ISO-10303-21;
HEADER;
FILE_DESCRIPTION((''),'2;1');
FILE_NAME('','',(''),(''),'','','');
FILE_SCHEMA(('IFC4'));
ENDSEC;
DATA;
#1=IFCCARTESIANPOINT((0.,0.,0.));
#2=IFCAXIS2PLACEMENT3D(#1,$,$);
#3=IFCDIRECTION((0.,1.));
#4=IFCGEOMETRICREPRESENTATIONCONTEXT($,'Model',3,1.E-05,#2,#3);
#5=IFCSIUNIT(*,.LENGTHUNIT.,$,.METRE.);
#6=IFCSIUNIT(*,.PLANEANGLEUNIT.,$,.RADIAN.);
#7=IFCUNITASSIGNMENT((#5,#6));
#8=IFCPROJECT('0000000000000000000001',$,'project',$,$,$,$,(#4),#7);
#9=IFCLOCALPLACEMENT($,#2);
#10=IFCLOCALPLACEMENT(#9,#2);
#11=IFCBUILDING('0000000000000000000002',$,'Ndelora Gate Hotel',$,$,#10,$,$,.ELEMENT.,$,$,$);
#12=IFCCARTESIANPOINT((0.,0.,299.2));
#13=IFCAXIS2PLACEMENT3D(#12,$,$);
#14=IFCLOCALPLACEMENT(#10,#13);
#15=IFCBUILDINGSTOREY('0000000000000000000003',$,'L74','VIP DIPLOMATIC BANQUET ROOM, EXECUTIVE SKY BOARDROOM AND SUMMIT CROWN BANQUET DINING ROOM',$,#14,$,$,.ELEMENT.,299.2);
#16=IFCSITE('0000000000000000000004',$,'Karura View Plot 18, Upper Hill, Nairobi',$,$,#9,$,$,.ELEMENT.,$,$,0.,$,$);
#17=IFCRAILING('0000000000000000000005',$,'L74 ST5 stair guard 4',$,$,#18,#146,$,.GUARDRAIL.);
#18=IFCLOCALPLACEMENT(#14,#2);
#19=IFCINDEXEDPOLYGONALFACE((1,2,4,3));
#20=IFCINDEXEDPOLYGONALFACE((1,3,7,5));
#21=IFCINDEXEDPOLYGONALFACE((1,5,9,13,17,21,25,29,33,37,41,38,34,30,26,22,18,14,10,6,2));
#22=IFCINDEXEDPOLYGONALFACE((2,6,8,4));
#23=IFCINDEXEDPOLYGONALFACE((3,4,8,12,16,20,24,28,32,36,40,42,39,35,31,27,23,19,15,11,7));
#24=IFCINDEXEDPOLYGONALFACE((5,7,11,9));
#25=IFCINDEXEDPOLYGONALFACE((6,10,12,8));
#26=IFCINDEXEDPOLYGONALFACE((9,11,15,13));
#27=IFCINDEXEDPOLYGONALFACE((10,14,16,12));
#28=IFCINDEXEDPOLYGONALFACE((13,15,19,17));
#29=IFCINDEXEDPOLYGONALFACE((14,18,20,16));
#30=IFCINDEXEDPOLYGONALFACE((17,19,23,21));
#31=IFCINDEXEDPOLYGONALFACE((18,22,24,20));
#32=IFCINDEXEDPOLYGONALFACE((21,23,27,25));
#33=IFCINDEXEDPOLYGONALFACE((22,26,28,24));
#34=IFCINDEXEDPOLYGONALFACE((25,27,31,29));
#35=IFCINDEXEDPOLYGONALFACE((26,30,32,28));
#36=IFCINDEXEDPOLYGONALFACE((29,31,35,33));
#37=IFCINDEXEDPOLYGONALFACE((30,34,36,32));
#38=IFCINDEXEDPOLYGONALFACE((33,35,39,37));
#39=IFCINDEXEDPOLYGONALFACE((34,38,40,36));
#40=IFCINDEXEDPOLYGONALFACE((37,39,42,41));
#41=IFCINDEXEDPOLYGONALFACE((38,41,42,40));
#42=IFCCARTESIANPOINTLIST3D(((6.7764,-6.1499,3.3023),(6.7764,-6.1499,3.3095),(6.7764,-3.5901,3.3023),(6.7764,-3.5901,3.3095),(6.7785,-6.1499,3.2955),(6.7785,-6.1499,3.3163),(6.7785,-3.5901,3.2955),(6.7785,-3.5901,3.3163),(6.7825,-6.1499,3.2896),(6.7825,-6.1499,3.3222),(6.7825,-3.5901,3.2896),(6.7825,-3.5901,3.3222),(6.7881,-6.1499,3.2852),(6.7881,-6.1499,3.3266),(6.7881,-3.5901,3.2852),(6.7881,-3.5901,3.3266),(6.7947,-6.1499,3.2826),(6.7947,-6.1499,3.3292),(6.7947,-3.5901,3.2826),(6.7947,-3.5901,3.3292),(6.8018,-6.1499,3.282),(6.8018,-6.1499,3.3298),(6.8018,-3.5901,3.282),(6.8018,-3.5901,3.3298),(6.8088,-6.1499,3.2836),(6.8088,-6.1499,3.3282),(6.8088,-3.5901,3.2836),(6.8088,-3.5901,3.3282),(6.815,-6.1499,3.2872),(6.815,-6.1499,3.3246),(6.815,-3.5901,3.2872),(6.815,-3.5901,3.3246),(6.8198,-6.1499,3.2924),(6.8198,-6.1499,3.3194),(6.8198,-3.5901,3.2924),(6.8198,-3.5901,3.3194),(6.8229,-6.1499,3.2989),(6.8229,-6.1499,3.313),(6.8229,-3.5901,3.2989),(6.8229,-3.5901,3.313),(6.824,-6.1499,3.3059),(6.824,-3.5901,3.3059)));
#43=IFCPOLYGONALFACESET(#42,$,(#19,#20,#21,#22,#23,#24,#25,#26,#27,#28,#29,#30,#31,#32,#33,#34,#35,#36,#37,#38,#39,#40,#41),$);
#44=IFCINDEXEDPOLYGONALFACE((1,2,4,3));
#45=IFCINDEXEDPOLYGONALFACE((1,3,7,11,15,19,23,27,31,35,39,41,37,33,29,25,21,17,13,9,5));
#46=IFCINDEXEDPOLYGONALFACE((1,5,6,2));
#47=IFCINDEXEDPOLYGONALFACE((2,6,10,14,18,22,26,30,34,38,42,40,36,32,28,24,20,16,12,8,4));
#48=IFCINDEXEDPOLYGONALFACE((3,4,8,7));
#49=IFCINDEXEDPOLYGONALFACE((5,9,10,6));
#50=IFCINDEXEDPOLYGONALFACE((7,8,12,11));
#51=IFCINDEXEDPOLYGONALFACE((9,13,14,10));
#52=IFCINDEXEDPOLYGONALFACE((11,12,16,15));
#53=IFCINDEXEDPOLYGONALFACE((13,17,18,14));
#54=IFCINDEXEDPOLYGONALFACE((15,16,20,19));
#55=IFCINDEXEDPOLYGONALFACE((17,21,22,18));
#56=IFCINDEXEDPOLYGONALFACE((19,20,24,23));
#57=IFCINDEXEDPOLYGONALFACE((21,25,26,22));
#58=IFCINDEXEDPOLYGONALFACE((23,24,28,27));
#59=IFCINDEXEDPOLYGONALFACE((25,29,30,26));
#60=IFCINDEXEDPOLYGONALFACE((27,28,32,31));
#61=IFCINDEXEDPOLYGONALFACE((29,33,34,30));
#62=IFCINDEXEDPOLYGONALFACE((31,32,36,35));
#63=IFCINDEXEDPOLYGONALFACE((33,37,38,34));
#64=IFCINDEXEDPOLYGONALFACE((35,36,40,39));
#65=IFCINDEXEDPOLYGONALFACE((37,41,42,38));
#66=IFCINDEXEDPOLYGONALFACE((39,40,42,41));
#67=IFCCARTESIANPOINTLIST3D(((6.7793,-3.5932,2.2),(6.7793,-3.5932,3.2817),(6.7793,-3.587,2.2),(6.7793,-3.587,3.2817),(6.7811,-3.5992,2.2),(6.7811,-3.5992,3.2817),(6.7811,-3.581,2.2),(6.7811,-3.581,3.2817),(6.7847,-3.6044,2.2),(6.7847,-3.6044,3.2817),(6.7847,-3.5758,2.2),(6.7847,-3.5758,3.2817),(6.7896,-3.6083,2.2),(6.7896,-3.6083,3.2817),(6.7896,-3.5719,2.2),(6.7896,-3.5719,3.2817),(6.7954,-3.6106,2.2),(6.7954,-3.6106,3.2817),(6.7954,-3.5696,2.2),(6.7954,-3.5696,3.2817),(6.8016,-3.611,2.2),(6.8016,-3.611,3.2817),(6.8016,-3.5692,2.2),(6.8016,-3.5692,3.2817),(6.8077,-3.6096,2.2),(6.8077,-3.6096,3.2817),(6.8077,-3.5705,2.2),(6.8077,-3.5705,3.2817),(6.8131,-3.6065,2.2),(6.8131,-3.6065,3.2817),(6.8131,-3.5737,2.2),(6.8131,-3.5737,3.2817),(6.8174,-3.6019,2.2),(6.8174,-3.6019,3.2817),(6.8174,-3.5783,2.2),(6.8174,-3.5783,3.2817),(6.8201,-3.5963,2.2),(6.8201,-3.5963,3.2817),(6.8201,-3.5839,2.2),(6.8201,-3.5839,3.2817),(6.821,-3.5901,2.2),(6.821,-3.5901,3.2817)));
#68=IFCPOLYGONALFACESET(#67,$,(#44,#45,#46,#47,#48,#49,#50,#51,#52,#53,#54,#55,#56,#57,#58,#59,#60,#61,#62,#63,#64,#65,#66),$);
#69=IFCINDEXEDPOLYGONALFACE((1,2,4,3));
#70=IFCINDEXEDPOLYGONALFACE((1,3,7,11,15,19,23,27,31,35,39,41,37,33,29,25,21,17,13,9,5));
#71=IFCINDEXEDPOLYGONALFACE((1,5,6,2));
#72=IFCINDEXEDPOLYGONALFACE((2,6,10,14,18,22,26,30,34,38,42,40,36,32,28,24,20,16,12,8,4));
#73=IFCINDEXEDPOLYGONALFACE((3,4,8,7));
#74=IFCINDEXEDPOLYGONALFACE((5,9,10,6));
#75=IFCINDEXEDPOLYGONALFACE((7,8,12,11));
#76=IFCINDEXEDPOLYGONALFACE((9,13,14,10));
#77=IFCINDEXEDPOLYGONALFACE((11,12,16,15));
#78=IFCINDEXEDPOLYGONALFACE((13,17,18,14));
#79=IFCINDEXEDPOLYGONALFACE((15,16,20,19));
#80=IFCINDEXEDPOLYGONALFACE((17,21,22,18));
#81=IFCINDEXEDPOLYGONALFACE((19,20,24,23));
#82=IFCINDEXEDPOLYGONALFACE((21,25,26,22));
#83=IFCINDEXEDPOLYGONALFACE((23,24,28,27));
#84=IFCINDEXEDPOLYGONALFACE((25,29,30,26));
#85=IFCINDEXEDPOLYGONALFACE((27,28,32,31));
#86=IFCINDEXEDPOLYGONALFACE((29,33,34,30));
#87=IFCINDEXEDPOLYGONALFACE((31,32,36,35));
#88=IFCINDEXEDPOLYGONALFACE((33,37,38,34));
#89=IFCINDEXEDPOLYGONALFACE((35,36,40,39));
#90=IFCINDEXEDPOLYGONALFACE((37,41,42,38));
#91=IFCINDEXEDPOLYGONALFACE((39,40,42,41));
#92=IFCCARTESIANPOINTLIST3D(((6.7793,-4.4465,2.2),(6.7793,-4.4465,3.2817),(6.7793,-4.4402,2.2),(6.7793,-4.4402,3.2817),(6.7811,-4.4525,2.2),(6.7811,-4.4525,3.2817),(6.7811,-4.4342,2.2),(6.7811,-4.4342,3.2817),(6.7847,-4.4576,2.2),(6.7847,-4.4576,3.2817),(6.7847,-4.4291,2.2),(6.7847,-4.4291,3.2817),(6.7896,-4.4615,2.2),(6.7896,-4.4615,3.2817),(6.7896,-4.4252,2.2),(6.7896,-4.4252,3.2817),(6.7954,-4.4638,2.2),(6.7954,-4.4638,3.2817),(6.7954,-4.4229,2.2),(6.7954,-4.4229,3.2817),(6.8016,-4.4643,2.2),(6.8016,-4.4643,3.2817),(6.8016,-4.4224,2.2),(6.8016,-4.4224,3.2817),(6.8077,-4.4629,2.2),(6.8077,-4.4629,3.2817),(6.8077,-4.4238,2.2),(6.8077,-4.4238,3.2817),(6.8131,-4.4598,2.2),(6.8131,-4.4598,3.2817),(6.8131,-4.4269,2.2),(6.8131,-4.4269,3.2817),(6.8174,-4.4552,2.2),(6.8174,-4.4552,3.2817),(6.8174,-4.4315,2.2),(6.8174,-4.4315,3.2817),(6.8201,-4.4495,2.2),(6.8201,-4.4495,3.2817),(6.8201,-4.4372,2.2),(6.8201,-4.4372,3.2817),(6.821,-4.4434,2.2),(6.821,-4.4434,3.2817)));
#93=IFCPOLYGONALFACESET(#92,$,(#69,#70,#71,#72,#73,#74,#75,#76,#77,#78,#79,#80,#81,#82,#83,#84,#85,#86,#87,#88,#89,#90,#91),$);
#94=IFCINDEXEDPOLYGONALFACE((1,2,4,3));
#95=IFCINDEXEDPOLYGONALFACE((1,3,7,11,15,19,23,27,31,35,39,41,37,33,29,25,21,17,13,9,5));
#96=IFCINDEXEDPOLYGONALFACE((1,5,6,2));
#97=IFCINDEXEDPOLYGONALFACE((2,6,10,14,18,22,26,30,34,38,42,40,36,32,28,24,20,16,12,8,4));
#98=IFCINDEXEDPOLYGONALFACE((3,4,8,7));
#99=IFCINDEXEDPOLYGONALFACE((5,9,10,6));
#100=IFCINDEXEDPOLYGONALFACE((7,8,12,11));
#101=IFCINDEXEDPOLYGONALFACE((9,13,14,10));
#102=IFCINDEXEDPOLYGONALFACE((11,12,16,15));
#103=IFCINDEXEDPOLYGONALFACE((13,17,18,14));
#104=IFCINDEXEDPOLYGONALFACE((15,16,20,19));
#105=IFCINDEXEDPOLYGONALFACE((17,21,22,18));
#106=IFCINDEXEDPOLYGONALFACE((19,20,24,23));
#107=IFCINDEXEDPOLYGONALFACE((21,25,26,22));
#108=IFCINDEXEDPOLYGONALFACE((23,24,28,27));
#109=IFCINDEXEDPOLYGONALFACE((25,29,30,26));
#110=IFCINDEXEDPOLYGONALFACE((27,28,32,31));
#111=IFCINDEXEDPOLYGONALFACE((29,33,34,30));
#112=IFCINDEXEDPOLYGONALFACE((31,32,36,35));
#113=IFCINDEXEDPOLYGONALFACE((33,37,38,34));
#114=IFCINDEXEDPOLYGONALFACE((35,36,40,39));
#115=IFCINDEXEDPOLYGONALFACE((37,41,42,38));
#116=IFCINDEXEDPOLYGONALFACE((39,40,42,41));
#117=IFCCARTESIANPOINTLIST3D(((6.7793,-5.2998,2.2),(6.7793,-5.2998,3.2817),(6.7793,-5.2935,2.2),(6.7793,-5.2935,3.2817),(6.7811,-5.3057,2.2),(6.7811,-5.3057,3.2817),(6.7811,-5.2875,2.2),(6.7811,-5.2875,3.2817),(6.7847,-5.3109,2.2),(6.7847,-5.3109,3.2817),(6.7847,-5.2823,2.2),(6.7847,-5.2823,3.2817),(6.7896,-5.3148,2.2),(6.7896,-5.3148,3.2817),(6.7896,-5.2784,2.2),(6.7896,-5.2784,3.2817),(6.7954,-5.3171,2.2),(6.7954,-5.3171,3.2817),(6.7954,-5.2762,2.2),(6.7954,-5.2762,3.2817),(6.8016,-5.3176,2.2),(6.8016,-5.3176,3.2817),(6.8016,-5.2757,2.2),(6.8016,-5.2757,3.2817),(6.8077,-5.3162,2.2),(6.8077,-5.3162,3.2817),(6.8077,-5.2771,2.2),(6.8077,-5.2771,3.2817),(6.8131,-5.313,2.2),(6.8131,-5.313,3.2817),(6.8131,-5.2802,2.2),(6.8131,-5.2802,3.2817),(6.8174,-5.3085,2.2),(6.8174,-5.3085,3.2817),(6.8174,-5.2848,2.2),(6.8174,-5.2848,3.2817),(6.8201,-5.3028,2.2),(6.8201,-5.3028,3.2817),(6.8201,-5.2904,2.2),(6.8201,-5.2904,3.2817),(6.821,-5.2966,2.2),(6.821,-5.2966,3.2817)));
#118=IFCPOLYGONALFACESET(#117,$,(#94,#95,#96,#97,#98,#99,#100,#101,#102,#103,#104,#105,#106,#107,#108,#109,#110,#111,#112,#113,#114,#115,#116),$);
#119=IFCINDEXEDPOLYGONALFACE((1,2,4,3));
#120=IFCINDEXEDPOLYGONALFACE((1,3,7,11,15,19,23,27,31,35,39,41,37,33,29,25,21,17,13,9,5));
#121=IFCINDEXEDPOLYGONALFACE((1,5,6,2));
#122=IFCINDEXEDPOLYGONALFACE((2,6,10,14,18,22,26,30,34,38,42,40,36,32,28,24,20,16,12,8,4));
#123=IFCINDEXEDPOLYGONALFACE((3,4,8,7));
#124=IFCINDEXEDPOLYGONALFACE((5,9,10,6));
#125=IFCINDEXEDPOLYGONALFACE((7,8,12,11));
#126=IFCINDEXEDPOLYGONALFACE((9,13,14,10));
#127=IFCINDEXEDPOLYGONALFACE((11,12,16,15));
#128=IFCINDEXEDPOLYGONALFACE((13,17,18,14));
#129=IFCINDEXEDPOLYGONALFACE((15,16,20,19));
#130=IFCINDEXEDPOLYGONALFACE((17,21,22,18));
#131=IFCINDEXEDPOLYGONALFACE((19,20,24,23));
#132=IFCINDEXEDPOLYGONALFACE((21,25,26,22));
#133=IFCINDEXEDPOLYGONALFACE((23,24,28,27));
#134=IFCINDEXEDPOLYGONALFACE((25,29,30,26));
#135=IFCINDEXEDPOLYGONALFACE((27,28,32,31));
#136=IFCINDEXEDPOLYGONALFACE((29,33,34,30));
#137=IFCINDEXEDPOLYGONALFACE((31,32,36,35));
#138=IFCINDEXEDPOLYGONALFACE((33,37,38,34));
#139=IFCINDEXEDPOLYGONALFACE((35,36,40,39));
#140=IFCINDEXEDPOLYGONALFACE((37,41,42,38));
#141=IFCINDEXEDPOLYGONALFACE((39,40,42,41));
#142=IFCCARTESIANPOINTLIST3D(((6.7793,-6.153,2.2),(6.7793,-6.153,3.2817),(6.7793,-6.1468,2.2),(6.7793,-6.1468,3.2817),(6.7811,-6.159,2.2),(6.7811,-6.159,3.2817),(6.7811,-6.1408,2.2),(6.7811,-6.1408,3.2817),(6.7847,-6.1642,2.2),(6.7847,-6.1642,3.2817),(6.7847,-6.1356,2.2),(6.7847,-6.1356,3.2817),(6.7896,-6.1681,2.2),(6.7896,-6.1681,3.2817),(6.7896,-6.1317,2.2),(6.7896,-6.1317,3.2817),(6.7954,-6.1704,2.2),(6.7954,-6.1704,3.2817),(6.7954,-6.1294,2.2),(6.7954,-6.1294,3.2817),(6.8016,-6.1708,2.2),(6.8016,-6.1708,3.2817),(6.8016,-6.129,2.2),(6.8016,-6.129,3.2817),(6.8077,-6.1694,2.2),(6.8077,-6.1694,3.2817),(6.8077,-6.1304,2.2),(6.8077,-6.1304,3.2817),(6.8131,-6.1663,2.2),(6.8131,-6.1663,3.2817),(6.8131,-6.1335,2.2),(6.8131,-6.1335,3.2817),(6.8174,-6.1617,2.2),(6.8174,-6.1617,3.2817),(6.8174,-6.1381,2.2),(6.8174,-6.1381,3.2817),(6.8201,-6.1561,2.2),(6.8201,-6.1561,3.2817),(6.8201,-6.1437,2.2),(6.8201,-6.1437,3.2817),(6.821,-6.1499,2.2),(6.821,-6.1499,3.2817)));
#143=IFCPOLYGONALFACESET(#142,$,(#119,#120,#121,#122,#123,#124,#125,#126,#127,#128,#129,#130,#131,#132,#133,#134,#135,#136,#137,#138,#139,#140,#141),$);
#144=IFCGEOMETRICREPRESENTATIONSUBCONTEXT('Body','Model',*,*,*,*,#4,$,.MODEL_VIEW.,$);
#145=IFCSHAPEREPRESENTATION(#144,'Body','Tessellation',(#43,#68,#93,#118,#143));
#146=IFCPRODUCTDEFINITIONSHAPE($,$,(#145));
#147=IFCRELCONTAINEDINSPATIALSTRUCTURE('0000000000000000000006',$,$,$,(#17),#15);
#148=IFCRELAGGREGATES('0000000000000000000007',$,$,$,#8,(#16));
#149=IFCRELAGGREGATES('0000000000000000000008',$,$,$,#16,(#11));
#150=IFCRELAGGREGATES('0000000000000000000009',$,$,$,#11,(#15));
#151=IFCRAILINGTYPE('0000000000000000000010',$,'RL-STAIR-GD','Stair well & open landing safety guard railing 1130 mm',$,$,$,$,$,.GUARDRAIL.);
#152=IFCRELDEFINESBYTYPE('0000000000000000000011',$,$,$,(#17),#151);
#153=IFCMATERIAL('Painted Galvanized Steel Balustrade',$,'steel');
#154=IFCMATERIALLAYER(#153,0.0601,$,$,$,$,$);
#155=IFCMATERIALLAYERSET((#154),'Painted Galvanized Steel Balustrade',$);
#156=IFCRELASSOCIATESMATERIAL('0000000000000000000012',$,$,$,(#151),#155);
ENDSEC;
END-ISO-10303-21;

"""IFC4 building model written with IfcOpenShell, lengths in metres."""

from ifc_helpers import new_model, si_unit, direction, frame, origin, origin_2d, place, context, subcontext, project, spatial, circle, extrude, material, layer, layer_set, type_object, element, save


model = new_model("IFC4")

# Units and contexts
model_context = context("Model", 3, precision=1e-05, world=origin(), true_north=direction((0.0, 1.0)))
body_context = subcontext(model_context, "Body", "Model", "MODEL_VIEW")
ifc_project = project(units=[si_unit("LENGTHUNIT", "METRE"), si_unit("PLANEANGLEUNIT", "RADIAN")], contexts=[model_context])

# Site, building, storey
site_placement = place(None, origin())
site = spatial("IfcSite", under=ifc_project, at=site_placement, Name="Karura View Plot 18, Upper Hill, Nairobi", CompositionType="ELEMENT", RefElevation=0.0)
building_placement = place(site_placement, origin())
building = spatial("IfcBuilding", under=site, at=building_placement, Name="Ndelora Gate Hotel", CompositionType="ELEMENT")
storey_placement = place(building_placement, frame((0.0, 0.0, 299.2)))
storey = spatial("IfcBuildingStorey", under=building, at=storey_placement, Name="L74", Description="VIP DIPLOMATIC BANQUET ROOM, EXECUTIVE SKY BOARDROOM AND SUMMIT CROWN BANQUET DINING ROOM", CompositionType="ELEMENT", Elevation=299.2)

# Railing
ifc_material_1 = material(Name="Painted Galvanized Steel Balustrade", Category="steel")
ifc_layer_1 = layer(ifc_material_1, 0.0601)
ifc_layer_set_1 = layer_set([ifc_layer_1], Name="Painted Galvanized Steel Balustrade")
railing_type_1 = type_object("IfcRailingType", Name="RL-STAIR-GD", Description="Stair well & open landing safety guard railing 1130 mm", PredefinedType="GUARDRAIL", material=ifc_layer_set_1)
for number, where, name in (
    (1, (6.8, -3.5901, 2.2), "L74 ST5 stair guard 4"),
):
    element("IfcRailing", number, at=place(storey_placement, frame(where)), inside=storey, type_object=railing_type_1, Name=name, PredefinedType="GUARDRAIL", context=body_context, shape_type="SweptSolid", body=[
        extrude(circle(Radius=0.0239, at=origin_2d()), frame((0.0, 0.0, 1.106), z_axis=(0.0, -1.0, 0.0), x_axis=(1.0, 0.0, 0.0)), (0.0, 0.0, 1.0), 2.5598),
        extrude(circle(Radius=0.021, at=origin_2d()), origin(), (0.0, 0.0, 1.0), 1.0818),
        extrude(circle(Radius=0.021, at=origin_2d()), frame((0.0, -0.8533, 0.0)), (0.0, 0.0, 1.0), 1.0818),
        extrude(circle(Radius=0.021, at=origin_2d()), frame((0.0, -1.7065, 0.0)), (0.0, 0.0, 1.0), 1.0818),
        extrude(circle(Radius=0.021, at=origin_2d()), frame((0.0, -2.5598, 0.0)), (0.0, 0.0, 1.0), 1.0818),
    ])

save(model, "model.ifc")
